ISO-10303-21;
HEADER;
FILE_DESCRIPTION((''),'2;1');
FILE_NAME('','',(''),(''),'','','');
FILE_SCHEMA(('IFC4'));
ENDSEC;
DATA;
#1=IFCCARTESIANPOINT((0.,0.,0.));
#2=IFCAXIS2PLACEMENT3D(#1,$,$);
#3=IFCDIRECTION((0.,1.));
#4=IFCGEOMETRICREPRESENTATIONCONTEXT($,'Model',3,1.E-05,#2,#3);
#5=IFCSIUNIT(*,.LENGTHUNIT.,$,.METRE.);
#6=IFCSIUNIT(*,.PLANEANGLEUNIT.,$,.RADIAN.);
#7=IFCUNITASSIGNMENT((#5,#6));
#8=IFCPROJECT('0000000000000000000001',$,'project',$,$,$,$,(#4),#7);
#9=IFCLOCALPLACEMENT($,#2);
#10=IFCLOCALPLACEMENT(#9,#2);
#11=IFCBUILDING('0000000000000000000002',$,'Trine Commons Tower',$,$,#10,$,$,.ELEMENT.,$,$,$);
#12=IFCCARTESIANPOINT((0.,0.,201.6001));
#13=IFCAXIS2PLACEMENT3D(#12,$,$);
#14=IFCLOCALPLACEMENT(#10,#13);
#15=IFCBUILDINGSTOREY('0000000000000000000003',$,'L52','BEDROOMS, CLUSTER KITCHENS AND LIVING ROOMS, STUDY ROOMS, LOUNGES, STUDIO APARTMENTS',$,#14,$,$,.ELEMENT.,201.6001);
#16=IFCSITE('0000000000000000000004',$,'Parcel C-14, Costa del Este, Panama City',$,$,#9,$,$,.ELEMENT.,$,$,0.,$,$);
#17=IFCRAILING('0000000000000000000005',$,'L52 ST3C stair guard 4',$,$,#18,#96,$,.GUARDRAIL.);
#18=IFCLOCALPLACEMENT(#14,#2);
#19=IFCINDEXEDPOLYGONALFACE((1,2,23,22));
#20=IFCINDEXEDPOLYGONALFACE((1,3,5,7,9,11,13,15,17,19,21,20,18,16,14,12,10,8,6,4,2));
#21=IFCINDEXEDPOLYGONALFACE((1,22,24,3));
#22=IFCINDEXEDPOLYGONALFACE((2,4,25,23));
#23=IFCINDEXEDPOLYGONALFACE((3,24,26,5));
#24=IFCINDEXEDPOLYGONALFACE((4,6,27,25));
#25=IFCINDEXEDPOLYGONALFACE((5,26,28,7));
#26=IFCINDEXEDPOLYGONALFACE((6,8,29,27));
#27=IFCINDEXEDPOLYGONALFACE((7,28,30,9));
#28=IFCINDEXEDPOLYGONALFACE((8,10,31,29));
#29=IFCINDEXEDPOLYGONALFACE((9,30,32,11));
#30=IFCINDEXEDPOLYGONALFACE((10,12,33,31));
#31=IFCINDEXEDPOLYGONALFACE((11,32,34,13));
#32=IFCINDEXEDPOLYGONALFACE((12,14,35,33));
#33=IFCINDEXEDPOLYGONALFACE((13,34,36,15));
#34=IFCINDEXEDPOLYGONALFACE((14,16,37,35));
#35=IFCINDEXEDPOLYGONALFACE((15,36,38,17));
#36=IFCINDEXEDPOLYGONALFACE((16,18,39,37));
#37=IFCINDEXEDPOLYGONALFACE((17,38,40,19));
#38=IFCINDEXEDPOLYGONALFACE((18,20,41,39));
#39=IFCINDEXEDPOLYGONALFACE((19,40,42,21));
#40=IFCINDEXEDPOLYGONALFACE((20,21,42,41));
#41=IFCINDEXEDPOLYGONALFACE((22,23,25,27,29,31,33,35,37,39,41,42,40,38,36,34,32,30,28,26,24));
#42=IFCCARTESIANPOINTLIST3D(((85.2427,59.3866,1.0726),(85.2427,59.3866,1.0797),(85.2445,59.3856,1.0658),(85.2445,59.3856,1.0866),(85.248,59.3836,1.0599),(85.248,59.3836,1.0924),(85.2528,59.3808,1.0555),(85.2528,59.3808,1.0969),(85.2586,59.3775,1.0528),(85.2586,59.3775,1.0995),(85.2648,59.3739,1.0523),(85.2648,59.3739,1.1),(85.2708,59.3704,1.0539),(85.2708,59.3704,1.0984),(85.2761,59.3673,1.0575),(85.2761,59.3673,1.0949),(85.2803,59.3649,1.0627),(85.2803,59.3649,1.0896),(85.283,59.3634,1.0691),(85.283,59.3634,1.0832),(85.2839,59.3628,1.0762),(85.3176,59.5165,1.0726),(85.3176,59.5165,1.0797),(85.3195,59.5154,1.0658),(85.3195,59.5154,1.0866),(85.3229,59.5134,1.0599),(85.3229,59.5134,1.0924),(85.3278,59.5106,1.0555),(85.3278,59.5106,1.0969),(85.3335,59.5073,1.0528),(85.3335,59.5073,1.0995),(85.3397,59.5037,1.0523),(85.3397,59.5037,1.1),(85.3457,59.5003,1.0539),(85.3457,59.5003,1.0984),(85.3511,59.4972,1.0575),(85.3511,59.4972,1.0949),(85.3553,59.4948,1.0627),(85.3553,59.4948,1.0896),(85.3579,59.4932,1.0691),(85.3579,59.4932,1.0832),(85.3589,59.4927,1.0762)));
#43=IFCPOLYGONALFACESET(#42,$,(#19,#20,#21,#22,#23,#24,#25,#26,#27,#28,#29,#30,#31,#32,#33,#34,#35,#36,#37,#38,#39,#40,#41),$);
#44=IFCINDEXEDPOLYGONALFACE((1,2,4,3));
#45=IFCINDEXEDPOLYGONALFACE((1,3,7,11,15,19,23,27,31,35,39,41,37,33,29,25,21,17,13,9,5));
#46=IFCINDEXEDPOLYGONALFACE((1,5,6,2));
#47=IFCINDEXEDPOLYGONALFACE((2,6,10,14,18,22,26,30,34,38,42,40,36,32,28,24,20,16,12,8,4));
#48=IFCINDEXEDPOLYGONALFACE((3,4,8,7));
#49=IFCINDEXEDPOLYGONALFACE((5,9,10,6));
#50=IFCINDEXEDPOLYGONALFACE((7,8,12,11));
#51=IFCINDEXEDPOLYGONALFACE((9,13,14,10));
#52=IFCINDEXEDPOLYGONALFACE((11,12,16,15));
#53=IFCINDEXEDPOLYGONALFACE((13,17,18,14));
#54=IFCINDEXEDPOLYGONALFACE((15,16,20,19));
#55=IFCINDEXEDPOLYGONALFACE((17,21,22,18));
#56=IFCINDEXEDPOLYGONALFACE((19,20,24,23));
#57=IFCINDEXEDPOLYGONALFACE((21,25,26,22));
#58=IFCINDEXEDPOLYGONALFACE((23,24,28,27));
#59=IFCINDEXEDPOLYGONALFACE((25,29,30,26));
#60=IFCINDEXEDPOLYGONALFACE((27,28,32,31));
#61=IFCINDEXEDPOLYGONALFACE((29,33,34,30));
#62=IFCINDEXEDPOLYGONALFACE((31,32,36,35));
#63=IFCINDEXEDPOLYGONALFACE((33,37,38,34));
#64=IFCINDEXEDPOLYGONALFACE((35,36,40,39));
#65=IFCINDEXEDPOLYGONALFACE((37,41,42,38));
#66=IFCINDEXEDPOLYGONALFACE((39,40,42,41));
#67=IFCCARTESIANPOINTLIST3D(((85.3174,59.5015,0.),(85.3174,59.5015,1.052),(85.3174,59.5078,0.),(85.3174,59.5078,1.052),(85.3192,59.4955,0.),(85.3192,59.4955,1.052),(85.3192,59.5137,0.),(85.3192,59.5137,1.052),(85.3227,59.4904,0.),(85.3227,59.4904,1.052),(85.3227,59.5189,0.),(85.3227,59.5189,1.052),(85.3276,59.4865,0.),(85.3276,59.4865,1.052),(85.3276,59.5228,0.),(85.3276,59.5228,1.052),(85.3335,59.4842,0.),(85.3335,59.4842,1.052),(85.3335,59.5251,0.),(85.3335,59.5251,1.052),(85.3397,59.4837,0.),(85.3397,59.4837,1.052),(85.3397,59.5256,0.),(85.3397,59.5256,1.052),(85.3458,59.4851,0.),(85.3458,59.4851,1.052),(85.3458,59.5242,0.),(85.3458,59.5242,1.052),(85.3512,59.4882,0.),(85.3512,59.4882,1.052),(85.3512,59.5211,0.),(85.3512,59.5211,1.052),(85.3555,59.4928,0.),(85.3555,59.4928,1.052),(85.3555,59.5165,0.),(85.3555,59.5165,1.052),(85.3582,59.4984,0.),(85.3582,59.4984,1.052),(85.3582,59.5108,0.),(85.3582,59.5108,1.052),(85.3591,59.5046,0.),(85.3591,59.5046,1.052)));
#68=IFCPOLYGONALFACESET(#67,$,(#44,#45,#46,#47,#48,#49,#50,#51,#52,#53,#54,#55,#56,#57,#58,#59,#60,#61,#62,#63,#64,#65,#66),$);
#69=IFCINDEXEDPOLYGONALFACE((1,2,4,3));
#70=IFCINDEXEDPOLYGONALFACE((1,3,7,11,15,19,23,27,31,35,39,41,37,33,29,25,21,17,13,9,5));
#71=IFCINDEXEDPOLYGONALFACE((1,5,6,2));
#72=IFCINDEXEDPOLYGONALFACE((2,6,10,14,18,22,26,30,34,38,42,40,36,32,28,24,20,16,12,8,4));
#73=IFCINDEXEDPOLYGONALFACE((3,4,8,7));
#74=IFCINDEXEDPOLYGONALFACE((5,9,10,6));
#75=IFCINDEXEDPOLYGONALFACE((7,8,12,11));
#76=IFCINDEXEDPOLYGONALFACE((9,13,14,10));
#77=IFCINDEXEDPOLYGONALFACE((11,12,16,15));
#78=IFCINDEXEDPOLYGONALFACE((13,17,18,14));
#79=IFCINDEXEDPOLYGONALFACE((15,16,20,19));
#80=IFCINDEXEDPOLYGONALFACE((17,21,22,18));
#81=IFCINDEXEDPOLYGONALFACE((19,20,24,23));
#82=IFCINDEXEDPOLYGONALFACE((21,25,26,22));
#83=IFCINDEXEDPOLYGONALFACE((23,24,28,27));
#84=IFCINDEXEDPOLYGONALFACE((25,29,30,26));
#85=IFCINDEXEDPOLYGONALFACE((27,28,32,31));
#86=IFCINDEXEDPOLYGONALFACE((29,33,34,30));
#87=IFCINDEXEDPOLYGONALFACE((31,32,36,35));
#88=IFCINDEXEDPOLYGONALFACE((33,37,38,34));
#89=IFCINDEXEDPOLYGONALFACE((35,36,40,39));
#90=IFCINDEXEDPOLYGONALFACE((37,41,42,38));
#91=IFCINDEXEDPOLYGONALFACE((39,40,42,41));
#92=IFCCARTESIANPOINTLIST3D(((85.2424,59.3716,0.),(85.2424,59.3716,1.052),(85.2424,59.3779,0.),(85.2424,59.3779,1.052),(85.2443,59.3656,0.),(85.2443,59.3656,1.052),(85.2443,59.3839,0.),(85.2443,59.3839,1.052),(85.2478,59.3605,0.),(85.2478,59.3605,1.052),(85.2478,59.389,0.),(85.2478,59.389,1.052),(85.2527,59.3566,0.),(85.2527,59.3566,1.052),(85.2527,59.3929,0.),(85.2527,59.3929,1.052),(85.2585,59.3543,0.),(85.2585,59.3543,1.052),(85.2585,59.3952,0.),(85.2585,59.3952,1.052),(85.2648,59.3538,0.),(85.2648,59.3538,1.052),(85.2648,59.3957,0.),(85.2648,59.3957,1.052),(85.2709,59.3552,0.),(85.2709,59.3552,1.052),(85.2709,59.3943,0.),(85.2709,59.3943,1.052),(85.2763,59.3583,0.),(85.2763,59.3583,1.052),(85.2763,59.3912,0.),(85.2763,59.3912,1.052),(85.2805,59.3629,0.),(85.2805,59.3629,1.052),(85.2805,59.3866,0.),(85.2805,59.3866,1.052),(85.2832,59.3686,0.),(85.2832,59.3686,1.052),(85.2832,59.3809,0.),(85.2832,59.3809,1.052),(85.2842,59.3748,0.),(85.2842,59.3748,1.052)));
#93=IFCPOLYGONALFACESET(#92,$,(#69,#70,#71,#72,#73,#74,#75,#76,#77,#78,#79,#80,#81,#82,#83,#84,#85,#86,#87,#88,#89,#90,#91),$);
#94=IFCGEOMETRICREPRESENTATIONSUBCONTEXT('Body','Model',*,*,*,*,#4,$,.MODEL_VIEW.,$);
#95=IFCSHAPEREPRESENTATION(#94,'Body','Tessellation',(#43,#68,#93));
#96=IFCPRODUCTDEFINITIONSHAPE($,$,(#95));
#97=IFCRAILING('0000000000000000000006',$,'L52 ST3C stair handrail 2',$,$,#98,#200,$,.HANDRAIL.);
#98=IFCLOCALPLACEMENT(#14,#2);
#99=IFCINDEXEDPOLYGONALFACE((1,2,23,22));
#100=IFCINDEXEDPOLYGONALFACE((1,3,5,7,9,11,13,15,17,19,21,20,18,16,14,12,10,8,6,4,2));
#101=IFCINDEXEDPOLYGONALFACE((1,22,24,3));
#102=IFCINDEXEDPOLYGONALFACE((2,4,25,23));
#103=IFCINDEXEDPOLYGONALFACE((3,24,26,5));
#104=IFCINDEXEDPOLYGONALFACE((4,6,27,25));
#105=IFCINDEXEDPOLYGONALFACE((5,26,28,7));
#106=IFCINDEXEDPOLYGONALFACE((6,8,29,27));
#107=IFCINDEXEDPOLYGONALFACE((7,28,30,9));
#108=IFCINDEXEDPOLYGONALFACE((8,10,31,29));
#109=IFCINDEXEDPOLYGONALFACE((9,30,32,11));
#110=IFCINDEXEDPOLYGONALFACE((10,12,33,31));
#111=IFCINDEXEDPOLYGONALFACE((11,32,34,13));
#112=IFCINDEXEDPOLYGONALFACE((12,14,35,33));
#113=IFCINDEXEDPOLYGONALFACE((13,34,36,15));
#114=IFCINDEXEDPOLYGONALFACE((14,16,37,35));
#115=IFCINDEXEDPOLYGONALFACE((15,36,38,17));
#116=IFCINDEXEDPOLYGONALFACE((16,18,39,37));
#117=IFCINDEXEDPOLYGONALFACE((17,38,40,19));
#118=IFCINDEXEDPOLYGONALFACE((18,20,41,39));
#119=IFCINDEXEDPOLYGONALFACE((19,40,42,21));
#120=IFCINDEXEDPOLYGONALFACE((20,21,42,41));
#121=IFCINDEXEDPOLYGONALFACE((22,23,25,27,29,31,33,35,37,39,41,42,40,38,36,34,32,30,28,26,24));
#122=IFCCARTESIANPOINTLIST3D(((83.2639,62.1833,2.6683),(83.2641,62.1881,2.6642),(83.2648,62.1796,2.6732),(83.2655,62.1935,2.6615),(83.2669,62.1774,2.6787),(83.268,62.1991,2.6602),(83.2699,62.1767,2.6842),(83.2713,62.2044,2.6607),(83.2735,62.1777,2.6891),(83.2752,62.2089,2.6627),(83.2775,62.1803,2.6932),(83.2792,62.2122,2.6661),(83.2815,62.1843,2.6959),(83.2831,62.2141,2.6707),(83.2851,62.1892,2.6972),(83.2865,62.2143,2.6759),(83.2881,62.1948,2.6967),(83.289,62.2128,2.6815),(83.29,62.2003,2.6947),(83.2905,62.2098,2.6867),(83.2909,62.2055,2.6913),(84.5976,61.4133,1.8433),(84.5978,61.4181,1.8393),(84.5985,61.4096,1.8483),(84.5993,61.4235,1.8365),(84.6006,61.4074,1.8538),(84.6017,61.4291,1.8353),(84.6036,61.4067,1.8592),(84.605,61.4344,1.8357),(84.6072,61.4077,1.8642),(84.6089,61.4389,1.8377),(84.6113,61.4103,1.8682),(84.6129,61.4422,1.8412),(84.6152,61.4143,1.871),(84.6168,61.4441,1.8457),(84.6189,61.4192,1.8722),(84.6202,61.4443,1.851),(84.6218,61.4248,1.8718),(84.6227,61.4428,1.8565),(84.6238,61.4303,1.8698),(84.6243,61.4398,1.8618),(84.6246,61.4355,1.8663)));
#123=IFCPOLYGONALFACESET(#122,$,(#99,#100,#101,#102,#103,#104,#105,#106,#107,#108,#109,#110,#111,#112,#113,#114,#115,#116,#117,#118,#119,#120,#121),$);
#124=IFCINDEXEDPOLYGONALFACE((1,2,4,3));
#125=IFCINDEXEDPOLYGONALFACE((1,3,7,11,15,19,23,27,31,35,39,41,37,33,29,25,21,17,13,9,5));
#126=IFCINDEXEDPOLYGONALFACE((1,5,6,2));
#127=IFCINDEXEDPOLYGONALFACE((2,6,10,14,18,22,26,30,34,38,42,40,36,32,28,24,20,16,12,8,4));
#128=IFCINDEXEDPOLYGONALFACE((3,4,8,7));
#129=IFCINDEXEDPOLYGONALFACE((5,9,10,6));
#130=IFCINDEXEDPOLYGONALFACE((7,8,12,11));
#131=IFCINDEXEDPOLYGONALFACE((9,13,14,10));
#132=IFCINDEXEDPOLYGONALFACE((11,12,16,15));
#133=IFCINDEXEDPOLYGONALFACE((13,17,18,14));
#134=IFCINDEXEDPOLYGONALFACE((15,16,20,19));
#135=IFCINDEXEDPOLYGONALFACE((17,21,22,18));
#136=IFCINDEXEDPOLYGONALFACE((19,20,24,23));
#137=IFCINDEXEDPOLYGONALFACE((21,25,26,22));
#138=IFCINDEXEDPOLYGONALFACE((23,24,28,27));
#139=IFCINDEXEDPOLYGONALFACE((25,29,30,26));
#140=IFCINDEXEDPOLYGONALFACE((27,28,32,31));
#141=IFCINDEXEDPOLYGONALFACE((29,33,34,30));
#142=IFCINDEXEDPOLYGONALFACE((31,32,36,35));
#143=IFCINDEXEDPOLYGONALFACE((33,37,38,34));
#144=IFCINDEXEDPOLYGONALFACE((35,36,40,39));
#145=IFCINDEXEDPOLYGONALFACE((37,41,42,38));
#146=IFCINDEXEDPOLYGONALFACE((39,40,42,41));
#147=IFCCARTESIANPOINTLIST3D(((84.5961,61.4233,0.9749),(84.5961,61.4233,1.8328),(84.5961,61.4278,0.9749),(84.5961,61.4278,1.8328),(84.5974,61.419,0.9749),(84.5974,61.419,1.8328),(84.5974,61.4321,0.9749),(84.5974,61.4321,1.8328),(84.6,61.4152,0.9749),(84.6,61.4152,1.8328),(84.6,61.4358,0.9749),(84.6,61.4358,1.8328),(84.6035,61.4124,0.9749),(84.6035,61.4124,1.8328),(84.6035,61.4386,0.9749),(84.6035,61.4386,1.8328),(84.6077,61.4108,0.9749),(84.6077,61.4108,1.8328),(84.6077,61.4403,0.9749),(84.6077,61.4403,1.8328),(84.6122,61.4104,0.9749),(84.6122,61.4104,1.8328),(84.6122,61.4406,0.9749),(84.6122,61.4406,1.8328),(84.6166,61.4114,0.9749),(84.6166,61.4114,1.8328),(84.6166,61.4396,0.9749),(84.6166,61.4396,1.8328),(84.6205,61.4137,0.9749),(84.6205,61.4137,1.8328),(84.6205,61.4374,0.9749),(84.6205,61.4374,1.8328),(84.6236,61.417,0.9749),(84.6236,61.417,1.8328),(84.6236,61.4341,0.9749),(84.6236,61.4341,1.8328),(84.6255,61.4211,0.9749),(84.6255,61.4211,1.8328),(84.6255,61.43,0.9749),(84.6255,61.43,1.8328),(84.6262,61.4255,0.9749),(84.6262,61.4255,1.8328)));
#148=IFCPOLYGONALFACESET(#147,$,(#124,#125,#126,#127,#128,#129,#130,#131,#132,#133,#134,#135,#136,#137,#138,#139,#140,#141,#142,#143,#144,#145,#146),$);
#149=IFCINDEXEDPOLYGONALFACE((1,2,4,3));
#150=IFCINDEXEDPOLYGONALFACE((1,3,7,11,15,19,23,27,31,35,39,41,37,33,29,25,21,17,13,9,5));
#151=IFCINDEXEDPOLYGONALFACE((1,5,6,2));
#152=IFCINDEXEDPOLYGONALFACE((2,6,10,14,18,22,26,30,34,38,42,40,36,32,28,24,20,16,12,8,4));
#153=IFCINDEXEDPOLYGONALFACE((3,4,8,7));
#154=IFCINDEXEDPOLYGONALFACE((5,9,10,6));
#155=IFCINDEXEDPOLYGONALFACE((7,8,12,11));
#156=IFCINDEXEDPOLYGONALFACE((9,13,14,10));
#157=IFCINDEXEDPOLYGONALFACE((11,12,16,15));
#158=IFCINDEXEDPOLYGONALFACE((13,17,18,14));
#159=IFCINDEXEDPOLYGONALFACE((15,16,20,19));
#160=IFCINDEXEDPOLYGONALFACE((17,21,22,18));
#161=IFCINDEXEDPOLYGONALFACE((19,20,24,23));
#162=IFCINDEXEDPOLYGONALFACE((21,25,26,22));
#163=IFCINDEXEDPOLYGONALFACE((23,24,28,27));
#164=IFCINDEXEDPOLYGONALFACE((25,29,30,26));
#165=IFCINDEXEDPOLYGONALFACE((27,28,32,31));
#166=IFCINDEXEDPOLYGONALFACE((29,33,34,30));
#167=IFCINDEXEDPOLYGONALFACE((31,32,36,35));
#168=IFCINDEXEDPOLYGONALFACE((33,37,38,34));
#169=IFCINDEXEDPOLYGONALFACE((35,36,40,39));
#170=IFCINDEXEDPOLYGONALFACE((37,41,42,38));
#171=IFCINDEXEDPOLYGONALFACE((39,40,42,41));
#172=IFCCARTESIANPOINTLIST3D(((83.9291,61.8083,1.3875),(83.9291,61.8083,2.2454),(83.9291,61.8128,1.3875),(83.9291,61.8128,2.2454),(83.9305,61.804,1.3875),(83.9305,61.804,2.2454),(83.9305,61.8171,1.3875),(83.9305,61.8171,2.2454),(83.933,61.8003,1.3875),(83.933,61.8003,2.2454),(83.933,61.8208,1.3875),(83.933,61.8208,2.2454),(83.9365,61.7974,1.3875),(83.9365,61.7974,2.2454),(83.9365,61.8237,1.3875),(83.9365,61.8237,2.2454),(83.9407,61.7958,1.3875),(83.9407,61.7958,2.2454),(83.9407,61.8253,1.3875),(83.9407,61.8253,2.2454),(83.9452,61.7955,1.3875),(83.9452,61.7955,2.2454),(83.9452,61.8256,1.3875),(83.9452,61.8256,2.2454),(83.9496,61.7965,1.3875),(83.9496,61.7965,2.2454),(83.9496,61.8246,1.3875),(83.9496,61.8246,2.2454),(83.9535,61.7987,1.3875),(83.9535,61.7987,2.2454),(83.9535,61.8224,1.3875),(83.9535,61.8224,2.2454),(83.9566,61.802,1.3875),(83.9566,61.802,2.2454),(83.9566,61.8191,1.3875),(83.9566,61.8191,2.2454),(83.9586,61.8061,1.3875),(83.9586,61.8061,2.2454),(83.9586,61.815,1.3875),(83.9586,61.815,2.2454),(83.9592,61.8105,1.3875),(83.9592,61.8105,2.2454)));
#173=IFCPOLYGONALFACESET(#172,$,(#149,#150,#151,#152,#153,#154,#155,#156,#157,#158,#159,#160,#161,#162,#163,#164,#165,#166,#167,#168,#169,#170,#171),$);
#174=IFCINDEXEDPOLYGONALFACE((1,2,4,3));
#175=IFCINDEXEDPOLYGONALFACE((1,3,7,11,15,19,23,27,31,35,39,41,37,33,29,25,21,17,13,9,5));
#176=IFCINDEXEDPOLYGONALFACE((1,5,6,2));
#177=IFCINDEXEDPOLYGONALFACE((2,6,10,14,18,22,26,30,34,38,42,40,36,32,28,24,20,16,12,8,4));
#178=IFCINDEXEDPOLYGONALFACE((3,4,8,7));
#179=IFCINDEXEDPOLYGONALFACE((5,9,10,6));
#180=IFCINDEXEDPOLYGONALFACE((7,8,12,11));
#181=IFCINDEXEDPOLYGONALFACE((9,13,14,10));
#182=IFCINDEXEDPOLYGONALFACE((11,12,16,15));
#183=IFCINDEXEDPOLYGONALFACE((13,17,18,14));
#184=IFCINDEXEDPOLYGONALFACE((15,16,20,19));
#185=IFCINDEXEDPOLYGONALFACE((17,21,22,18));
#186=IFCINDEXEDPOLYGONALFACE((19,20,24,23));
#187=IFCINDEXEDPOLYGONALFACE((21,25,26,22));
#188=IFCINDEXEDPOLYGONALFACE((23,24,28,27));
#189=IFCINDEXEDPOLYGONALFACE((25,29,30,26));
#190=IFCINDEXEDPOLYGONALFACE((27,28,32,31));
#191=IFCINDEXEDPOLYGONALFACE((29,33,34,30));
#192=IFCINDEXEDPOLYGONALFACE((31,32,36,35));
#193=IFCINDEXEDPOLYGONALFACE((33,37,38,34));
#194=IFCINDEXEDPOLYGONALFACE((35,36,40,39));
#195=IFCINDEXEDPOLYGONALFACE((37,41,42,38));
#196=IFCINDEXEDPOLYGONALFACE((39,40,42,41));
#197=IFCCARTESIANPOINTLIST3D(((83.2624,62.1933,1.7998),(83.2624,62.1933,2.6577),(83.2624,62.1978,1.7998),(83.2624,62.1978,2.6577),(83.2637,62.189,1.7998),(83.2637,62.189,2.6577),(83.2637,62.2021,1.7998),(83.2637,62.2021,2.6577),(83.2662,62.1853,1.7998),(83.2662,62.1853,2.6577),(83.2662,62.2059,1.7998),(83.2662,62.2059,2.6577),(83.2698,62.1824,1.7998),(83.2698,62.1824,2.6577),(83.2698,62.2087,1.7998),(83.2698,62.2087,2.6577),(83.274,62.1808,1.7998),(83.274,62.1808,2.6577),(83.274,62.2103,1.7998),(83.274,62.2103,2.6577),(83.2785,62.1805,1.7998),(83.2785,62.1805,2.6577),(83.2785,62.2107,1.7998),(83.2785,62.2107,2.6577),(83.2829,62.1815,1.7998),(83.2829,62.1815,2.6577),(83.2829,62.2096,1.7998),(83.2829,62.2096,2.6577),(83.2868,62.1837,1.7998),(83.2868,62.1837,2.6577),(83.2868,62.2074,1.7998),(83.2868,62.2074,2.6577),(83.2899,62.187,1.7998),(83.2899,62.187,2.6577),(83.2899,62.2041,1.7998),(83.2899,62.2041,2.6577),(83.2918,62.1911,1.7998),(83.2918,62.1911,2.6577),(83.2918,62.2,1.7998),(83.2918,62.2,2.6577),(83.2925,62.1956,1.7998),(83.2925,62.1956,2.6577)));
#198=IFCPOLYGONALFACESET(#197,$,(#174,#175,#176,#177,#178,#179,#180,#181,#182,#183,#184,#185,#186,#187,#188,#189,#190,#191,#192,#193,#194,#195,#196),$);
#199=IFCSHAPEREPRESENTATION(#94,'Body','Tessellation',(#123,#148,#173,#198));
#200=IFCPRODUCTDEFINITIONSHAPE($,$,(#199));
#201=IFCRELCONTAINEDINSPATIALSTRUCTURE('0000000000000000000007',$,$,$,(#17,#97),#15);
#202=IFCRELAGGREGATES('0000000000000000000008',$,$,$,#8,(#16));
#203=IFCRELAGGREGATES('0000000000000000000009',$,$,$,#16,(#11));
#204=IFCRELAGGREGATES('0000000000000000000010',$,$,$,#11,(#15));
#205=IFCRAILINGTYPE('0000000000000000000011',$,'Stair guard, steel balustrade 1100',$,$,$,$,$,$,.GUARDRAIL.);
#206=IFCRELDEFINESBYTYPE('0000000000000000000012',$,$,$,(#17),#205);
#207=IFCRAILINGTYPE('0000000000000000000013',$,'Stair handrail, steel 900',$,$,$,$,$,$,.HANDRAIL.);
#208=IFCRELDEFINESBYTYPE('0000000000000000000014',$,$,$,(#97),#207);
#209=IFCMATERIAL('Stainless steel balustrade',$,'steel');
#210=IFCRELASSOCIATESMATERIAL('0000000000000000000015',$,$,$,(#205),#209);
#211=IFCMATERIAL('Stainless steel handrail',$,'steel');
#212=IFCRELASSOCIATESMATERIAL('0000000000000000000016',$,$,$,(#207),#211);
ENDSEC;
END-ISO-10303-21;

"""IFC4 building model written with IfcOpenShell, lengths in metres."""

from ifc_helpers import new_model, si_unit, direction, frame, origin, origin_2d, place, context, subcontext, project, spatial, circle, extrude, material, type_object, element, save


model = new_model("IFC4")

# Units and contexts
model_context = context("Model", 3, precision=1e-05, world=origin(), true_north=direction((0.0, 1.0)))
body_context = subcontext(model_context, "Body", "Model", "MODEL_VIEW")
ifc_project = project(units=[si_unit("LENGTHUNIT", "METRE"), si_unit("PLANEANGLEUNIT", "RADIAN")], contexts=[model_context])

# Site, building, storey
site_placement = place(None, origin())
site = spatial("IfcSite", under=ifc_project, at=site_placement, Name="Parcel C-14, Costa del Este, Panama City", CompositionType="ELEMENT", RefElevation=0.0)
building_placement = place(site_placement, origin())
building = spatial("IfcBuilding", under=site, at=building_placement, Name="Trine Commons Tower", CompositionType="ELEMENT")
storey_placement = place(building_placement, frame((0.0, 0.0, 201.6001)))
storey = spatial("IfcBuildingStorey", under=building, at=storey_placement, Name="L52", Description="BEDROOMS, CLUSTER KITCHENS AND LIVING ROOMS, STUDY ROOMS, LOUNGES, STUDIO APARTMENTS", CompositionType="ELEMENT", Elevation=201.6001)

# Railings
ifc_material_1 = material(Name="Stainless steel balustrade", Category="steel")
railing_type_1 = type_object("IfcRailingType", Name="Stair guard, steel balustrade 1100", PredefinedType="GUARDRAIL", material=ifc_material_1)
railing_1_placement = place(storey_placement, frame((85.3381, 59.5046, 0.0)))
element("IfcRailing", 1, at=railing_1_placement, inside=storey, type_object=railing_type_1, Name="L52 ST3C stair guard 4", PredefinedType="GUARDRAIL", context=body_context, shape_type="SweptSolid", body=[
    extrude(circle(Radius=0.0239, at=origin_2d()), frame((0.0, 0.0, 1.0762), z_axis=(-0.499816, -0.866131, 0.0), x_axis=(0.866131, -0.499816, 0.0)), (0.0, 0.0, 1.0), 0.1499),
    extrude(circle(Radius=0.021, at=origin_2d()), origin(), (0.0, 0.0, 1.0), 1.052),
    extrude(circle(Radius=0.021, at=origin_2d()), frame((-0.075, -0.1299, 0.0)), (0.0, 0.0, 1.0), 1.052),
])
ifc_material_2 = material(Name="Stainless steel handrail", Category="steel")
railing_type_2 = type_object("IfcRailingType", Name="Stair handrail, steel 900", PredefinedType="HANDRAIL", material=ifc_material_2)
railing_2_placement = place(storey_placement, frame((84.6111, 61.4255, 0.9749)))
element("IfcRailing", 2, at=railing_2_placement, inside=storey, type_object=railing_type_2, Name="L52 ST3C stair handrail 2", PredefinedType="HANDRAIL", context=body_context, shape_type="SweptSolid", body=[
    extrude(circle(Radius=0.021, at=origin_2d()), frame((0.0, 0.0, 0.8789), z_axis=(-0.763405, 0.440743, 0.472185), x_axis=(-0.499992, -0.86603, 0.0)), (0.0, 0.0, 1.0), 1.7471),
    extrude(circle(Radius=0.0151, at=origin_2d()), origin(), (0.0, 0.0, 1.0), 0.8579),
    extrude(circle(Radius=0.0151, at=origin_2d()), frame((-0.667, 0.385, 0.4126)), (0.0, 0.0, 1.0), 0.8579),
    extrude(circle(Radius=0.0151, at=origin_2d()), frame((-1.3337, 0.77, 0.825)), (0.0, 0.0, 1.0), 0.8579),
])

save(model, "model.ifc")
